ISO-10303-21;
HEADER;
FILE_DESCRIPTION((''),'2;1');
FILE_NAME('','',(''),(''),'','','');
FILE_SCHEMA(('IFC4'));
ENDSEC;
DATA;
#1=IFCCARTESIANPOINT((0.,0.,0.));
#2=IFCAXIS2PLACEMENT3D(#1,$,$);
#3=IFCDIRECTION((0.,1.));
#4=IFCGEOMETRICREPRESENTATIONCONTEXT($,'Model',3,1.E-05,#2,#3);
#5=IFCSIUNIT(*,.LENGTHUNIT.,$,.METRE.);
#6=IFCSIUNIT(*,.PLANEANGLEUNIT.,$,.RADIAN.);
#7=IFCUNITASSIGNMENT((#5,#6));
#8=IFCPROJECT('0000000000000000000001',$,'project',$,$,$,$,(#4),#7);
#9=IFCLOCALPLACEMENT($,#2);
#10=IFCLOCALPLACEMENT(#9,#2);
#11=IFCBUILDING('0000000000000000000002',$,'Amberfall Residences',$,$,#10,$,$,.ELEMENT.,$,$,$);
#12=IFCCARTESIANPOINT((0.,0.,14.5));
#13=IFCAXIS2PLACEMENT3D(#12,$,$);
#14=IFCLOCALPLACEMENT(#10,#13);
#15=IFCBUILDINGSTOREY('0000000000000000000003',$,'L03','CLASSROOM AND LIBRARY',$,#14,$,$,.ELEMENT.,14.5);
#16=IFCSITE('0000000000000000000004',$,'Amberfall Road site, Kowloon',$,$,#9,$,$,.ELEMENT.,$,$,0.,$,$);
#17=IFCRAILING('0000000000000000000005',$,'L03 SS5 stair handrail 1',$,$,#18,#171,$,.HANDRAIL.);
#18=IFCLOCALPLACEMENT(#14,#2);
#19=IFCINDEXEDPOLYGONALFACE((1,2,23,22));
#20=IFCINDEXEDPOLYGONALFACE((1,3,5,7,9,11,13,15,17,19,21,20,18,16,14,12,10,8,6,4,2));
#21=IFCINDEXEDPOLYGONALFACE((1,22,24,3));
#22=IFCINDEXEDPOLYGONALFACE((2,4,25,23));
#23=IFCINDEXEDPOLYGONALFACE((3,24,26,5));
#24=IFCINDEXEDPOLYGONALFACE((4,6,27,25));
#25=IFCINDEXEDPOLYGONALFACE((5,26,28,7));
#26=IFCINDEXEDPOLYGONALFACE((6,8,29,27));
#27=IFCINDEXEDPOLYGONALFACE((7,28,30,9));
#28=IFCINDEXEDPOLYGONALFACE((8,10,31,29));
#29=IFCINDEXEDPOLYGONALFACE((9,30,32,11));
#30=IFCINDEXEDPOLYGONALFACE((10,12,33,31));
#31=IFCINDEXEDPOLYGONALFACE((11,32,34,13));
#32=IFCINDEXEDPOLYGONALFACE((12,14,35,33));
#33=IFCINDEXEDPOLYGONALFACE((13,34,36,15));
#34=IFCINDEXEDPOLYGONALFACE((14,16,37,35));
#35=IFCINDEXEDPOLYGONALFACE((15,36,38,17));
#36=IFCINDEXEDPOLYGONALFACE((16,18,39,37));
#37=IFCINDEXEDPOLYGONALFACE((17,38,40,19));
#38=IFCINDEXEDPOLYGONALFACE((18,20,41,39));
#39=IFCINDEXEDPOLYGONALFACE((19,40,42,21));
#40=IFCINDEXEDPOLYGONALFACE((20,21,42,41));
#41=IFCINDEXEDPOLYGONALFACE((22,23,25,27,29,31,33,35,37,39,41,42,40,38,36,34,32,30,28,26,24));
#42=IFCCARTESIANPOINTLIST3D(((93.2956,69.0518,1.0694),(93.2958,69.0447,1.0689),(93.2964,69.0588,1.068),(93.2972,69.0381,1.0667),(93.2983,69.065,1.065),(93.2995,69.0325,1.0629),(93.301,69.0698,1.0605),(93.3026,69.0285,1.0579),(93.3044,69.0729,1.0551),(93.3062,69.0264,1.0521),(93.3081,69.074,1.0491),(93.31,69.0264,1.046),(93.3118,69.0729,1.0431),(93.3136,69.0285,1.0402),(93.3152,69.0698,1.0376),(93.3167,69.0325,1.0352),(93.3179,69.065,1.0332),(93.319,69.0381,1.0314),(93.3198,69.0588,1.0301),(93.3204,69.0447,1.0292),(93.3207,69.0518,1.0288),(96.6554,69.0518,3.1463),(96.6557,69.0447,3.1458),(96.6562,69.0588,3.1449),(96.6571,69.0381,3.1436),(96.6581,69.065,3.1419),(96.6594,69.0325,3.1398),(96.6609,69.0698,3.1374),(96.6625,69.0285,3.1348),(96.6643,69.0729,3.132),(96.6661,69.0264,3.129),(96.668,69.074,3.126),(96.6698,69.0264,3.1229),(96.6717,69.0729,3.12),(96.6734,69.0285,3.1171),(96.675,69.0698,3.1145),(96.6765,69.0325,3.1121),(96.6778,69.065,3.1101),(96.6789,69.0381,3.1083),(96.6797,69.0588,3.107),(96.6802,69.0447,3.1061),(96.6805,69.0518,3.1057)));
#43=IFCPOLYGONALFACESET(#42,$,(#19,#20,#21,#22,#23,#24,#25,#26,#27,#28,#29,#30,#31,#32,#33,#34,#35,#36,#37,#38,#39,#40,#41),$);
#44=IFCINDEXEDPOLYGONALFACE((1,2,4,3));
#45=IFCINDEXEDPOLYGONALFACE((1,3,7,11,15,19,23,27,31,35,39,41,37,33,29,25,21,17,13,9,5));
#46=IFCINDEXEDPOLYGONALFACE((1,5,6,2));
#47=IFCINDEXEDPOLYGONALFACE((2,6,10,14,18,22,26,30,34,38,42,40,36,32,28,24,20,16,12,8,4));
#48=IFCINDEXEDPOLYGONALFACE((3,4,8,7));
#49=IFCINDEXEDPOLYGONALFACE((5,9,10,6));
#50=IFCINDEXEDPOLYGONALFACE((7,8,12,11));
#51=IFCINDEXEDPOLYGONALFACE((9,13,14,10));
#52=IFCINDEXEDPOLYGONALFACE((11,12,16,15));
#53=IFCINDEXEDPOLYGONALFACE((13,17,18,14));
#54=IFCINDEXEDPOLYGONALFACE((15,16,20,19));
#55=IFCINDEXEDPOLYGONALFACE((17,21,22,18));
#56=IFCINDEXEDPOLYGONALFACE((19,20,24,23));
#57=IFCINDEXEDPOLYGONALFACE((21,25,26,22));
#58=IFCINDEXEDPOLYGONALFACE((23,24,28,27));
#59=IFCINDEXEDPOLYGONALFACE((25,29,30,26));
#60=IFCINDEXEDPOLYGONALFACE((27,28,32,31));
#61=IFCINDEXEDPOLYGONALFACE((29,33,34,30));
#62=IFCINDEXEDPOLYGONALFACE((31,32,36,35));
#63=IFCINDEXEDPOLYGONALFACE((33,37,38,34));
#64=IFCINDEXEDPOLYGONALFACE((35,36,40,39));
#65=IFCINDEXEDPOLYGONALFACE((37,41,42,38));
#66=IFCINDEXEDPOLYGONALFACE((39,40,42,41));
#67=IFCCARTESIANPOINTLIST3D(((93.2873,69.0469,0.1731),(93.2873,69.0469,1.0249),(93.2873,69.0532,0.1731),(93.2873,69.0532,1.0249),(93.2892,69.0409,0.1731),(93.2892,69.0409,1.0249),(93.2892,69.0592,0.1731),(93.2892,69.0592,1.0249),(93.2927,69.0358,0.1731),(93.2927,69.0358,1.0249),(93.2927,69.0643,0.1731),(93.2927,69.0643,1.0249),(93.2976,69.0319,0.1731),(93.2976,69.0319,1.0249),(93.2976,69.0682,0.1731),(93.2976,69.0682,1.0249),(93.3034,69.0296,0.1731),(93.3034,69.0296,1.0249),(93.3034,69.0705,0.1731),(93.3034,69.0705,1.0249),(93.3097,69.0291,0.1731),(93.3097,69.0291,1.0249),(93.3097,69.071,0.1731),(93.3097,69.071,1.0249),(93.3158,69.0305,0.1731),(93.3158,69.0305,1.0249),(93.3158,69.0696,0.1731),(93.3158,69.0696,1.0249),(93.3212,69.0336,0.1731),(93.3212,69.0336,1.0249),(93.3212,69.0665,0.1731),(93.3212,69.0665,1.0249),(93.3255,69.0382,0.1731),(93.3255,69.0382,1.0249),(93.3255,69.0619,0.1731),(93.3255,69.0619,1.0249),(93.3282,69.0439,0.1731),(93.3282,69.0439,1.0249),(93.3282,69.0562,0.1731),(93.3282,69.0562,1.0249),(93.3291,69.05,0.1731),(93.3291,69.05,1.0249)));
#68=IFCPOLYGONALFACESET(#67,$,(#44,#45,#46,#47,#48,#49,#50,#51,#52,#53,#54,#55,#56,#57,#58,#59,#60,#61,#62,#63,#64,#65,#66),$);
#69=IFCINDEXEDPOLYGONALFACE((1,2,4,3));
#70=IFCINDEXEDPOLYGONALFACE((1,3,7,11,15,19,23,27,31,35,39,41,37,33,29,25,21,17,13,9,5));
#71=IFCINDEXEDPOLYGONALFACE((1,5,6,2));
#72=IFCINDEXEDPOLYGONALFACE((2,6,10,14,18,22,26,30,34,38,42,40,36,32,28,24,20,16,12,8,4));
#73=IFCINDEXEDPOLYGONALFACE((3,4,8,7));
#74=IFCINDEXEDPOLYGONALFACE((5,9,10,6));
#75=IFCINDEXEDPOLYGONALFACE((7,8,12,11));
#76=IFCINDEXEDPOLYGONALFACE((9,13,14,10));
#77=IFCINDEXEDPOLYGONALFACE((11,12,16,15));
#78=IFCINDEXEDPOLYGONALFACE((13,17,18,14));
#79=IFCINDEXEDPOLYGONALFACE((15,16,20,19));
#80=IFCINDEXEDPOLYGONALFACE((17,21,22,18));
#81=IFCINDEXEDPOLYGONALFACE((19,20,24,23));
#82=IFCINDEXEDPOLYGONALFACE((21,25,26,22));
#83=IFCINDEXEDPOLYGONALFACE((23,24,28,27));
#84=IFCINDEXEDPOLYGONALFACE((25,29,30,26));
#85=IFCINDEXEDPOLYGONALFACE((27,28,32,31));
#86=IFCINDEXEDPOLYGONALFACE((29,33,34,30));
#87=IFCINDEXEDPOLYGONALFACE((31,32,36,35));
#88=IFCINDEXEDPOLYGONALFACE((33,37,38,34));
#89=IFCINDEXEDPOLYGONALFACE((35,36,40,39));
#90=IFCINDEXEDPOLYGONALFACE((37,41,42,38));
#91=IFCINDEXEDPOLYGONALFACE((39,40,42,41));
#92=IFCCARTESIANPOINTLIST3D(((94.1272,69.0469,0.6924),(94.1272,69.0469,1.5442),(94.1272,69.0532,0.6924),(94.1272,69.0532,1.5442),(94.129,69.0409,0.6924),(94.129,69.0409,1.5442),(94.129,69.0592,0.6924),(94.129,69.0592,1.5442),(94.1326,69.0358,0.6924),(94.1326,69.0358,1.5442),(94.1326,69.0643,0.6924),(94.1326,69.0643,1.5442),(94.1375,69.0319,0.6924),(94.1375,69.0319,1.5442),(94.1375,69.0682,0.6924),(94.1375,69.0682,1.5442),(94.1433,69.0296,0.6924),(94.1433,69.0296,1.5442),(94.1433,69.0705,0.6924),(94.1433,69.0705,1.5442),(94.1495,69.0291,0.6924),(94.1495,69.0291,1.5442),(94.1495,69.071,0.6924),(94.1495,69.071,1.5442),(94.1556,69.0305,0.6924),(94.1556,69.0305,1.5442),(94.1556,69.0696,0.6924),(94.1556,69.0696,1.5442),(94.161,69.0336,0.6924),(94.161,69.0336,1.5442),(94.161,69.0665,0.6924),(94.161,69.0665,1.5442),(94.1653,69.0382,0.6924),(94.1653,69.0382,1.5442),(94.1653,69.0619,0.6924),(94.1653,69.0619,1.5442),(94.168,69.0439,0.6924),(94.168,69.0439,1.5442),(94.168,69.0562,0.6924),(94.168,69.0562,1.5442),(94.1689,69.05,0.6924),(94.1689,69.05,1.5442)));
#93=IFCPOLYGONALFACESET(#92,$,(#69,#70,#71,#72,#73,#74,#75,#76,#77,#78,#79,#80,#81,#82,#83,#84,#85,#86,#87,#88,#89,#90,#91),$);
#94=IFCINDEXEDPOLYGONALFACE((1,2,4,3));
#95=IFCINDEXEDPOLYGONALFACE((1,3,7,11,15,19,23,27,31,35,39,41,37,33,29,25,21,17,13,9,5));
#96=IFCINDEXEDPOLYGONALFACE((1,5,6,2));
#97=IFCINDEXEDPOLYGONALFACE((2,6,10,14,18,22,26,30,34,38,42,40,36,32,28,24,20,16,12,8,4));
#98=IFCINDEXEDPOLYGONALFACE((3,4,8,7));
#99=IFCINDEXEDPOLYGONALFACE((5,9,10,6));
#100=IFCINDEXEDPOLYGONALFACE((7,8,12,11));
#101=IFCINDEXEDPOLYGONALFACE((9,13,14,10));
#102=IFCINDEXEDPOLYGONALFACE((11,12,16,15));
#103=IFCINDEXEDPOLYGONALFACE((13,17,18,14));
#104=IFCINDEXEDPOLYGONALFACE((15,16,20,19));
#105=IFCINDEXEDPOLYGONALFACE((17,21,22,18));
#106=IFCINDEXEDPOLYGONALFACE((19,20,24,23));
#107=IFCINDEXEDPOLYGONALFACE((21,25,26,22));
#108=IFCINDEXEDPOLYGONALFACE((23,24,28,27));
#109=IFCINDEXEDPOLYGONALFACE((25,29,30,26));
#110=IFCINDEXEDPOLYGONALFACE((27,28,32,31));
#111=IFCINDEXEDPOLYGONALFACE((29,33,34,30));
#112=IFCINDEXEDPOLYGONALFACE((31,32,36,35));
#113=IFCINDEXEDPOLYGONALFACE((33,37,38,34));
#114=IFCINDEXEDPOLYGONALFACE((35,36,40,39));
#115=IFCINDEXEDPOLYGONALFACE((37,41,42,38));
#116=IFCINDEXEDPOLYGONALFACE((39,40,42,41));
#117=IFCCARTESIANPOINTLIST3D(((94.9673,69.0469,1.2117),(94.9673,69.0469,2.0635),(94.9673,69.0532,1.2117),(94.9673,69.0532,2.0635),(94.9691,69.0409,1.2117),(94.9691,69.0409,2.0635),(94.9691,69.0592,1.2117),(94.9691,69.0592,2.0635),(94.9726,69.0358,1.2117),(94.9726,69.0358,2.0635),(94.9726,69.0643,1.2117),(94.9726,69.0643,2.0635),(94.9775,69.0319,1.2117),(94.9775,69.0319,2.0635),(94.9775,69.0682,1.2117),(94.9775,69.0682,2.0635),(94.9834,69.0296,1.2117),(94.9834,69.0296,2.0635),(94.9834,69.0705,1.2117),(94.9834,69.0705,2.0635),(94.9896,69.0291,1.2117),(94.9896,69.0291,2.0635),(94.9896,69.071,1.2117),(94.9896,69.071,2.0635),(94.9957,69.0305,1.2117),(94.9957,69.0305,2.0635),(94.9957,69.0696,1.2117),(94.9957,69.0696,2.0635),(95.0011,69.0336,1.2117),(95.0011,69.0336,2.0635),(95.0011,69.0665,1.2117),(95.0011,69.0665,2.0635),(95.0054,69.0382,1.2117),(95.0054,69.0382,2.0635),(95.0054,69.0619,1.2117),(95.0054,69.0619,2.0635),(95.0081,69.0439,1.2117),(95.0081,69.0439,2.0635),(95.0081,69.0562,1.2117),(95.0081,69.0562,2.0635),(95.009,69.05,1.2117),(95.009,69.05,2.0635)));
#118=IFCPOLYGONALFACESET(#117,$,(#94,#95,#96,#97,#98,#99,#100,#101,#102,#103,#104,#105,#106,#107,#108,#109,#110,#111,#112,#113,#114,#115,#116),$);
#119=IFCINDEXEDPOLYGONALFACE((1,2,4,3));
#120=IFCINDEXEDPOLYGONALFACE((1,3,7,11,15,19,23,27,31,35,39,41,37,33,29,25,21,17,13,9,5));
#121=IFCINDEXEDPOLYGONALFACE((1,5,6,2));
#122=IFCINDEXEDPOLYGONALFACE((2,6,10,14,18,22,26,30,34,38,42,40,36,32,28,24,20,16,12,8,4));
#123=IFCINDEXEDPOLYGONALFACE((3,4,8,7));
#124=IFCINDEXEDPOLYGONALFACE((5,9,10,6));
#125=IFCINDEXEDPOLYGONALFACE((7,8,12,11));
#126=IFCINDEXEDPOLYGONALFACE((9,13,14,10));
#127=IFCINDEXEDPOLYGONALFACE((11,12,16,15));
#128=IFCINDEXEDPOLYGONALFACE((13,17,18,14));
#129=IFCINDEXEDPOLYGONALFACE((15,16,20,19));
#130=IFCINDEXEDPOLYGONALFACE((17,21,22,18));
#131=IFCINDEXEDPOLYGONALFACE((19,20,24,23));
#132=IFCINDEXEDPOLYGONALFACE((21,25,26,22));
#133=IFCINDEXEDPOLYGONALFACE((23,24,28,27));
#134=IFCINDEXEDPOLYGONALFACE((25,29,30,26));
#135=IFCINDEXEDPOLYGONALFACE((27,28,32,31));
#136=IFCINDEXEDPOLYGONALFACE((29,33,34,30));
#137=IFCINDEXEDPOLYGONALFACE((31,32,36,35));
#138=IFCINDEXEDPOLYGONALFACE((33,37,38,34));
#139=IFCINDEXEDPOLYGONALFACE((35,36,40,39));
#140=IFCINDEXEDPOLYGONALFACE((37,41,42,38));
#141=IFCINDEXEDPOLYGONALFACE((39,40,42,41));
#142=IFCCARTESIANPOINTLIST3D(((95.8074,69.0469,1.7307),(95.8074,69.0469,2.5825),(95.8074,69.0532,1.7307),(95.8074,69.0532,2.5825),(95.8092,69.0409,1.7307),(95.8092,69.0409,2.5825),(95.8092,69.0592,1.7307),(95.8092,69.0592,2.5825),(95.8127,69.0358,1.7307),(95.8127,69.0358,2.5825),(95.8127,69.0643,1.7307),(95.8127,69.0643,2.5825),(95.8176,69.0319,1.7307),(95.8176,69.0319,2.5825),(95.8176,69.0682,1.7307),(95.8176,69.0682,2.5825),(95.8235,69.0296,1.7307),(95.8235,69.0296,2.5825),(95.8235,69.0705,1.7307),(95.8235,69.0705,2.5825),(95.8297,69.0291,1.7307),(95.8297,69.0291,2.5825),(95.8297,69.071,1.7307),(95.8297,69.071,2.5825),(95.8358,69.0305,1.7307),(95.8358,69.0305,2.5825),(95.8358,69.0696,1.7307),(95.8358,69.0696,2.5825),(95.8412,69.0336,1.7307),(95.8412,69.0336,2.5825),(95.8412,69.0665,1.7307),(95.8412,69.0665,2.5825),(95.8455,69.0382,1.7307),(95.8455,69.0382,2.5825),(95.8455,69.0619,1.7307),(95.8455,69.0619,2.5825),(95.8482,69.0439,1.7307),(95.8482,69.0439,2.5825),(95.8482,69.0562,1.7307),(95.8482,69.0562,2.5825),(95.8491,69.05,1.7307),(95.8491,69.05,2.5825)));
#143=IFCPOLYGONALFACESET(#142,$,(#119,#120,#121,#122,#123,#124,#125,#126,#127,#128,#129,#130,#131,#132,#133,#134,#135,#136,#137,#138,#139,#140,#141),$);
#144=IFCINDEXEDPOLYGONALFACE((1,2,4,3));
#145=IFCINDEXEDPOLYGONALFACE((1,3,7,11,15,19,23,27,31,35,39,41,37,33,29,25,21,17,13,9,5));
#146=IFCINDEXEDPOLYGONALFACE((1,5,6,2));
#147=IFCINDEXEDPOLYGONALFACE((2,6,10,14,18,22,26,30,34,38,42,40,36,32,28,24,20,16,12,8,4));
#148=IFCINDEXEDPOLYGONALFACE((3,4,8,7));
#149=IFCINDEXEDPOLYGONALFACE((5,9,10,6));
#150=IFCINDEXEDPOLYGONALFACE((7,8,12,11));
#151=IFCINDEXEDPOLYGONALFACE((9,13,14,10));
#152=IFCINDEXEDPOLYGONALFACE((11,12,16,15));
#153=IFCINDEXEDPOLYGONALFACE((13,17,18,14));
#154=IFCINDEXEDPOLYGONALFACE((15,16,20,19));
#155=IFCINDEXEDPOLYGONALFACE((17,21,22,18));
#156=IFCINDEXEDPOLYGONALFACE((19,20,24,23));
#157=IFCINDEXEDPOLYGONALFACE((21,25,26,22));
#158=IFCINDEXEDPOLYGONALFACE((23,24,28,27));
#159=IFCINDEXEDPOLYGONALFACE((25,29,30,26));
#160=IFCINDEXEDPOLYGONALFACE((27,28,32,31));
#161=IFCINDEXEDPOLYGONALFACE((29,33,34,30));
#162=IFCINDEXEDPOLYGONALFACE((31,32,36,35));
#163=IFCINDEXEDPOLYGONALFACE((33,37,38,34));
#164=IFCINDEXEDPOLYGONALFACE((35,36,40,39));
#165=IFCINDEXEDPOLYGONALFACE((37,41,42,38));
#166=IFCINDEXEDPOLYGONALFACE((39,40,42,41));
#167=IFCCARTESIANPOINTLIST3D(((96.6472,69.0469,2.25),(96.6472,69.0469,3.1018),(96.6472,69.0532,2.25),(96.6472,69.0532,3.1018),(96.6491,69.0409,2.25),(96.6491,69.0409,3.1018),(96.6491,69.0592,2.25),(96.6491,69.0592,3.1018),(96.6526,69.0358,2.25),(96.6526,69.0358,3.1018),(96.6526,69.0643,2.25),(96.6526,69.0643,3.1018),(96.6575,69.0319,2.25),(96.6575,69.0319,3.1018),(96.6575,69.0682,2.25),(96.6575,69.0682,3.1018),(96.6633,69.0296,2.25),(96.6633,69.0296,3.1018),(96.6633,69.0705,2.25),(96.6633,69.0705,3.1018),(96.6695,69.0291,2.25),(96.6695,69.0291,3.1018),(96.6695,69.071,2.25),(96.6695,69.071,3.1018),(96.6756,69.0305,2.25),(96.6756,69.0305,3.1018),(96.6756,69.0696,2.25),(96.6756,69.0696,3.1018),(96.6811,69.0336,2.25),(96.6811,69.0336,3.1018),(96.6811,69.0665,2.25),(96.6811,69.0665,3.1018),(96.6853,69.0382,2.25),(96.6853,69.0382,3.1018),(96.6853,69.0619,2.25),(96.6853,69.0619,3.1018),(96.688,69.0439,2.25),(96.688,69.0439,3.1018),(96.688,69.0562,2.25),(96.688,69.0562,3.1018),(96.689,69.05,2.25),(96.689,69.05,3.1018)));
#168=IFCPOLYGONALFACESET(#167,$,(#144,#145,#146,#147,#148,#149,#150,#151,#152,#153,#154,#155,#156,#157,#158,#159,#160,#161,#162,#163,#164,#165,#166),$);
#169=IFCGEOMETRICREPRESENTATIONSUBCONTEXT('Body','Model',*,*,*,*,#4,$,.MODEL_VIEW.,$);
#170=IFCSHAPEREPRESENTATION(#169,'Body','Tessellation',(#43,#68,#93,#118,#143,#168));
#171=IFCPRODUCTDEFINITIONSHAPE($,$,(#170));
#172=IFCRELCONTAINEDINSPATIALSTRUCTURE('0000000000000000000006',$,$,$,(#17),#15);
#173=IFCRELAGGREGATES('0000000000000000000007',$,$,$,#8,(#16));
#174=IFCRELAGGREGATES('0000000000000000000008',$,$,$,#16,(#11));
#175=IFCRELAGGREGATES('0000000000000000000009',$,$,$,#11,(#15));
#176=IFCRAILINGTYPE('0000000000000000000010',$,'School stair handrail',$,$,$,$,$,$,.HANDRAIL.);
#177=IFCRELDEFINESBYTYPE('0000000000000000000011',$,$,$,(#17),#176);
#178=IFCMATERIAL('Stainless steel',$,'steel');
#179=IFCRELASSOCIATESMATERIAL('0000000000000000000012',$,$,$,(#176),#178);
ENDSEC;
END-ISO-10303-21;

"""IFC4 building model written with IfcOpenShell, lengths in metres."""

from ifc_helpers import new_model, si_unit, direction, frame, origin, origin_2d, place, context, subcontext, project, spatial, circle, extrude, material, type_object, element, save


model = new_model("IFC4")

# Units and contexts
model_context = context("Model", 3, precision=1e-05, world=origin(), true_north=direction((0.0, 1.0)))
body_context = subcontext(model_context, "Body", "Model", "MODEL_VIEW")
ifc_project = project(units=[si_unit("LENGTHUNIT", "METRE"), si_unit("PLANEANGLEUNIT", "RADIAN")], contexts=[model_context])

# Site, building, storey
site_placement = place(None, origin())
site = spatial("IfcSite", under=ifc_project, at=site_placement, Name="Amberfall Road site, Kowloon", CompositionType="ELEMENT", RefElevation=0.0)
building_placement = place(site_placement, origin())
building = spatial("IfcBuilding", under=site, at=building_placement, Name="Amberfall Residences", CompositionType="ELEMENT")
storey_placement = place(building_placement, frame((0.0, 0.0, 14.5)))
storey = spatial("IfcBuildingStorey", under=building, at=storey_placement, Name="L03", Description="CLASSROOM AND LIBRARY", CompositionType="ELEMENT", Elevation=14.5)

# Railing
ifc_material_1 = material(Name="Stainless steel", Category="steel")
railing_type_1 = type_object("IfcRailingType", Name="School stair handrail", PredefinedType="HANDRAIL", material=ifc_material_1)
railing_1_placement = place(storey_placement, frame((93.3081, 69.05, 0.1731)))
element("IfcRailing", 1, at=railing_1_placement, inside=storey, type_object=railing_type_1, Name="L03 SS5 stair handrail 1", PredefinedType="HANDRAIL", context=body_context, shape_type="SweptSolid", body=[
    extrude(circle(Radius=0.0239, at=origin_2d()), frame((0.0, 0.0, 0.876), z_axis=(0.850606, 0.0, 0.525803), x_axis=(0.0, 1.0, 0.0)), (0.0, 0.0, 1.0), 3.95),
    extrude(circle(Radius=0.021, at=origin_2d()), origin(), (0.0, 0.0, 1.0), 0.8518),
    extrude(circle(Radius=0.021, at=origin_2d()), frame((0.8398, 0.0, 0.5193)), (0.0, 0.0, 1.0), 0.8518),
    extrude(circle(Radius=0.021, at=origin_2d()), frame((1.6799, 0.0, 1.0386)), (0.0, 0.0, 1.0), 0.8518),
    extrude(circle(Radius=0.021, at=origin_2d()), frame((2.52, 0.0, 1.5576)), (0.0, 0.0, 1.0), 0.8518),
    extrude(circle(Radius=0.021, at=origin_2d()), frame((3.3599, 0.0, 2.0769)), (0.0, 0.0, 1.0), 0.8518),
])

save(model, "model.ifc")
